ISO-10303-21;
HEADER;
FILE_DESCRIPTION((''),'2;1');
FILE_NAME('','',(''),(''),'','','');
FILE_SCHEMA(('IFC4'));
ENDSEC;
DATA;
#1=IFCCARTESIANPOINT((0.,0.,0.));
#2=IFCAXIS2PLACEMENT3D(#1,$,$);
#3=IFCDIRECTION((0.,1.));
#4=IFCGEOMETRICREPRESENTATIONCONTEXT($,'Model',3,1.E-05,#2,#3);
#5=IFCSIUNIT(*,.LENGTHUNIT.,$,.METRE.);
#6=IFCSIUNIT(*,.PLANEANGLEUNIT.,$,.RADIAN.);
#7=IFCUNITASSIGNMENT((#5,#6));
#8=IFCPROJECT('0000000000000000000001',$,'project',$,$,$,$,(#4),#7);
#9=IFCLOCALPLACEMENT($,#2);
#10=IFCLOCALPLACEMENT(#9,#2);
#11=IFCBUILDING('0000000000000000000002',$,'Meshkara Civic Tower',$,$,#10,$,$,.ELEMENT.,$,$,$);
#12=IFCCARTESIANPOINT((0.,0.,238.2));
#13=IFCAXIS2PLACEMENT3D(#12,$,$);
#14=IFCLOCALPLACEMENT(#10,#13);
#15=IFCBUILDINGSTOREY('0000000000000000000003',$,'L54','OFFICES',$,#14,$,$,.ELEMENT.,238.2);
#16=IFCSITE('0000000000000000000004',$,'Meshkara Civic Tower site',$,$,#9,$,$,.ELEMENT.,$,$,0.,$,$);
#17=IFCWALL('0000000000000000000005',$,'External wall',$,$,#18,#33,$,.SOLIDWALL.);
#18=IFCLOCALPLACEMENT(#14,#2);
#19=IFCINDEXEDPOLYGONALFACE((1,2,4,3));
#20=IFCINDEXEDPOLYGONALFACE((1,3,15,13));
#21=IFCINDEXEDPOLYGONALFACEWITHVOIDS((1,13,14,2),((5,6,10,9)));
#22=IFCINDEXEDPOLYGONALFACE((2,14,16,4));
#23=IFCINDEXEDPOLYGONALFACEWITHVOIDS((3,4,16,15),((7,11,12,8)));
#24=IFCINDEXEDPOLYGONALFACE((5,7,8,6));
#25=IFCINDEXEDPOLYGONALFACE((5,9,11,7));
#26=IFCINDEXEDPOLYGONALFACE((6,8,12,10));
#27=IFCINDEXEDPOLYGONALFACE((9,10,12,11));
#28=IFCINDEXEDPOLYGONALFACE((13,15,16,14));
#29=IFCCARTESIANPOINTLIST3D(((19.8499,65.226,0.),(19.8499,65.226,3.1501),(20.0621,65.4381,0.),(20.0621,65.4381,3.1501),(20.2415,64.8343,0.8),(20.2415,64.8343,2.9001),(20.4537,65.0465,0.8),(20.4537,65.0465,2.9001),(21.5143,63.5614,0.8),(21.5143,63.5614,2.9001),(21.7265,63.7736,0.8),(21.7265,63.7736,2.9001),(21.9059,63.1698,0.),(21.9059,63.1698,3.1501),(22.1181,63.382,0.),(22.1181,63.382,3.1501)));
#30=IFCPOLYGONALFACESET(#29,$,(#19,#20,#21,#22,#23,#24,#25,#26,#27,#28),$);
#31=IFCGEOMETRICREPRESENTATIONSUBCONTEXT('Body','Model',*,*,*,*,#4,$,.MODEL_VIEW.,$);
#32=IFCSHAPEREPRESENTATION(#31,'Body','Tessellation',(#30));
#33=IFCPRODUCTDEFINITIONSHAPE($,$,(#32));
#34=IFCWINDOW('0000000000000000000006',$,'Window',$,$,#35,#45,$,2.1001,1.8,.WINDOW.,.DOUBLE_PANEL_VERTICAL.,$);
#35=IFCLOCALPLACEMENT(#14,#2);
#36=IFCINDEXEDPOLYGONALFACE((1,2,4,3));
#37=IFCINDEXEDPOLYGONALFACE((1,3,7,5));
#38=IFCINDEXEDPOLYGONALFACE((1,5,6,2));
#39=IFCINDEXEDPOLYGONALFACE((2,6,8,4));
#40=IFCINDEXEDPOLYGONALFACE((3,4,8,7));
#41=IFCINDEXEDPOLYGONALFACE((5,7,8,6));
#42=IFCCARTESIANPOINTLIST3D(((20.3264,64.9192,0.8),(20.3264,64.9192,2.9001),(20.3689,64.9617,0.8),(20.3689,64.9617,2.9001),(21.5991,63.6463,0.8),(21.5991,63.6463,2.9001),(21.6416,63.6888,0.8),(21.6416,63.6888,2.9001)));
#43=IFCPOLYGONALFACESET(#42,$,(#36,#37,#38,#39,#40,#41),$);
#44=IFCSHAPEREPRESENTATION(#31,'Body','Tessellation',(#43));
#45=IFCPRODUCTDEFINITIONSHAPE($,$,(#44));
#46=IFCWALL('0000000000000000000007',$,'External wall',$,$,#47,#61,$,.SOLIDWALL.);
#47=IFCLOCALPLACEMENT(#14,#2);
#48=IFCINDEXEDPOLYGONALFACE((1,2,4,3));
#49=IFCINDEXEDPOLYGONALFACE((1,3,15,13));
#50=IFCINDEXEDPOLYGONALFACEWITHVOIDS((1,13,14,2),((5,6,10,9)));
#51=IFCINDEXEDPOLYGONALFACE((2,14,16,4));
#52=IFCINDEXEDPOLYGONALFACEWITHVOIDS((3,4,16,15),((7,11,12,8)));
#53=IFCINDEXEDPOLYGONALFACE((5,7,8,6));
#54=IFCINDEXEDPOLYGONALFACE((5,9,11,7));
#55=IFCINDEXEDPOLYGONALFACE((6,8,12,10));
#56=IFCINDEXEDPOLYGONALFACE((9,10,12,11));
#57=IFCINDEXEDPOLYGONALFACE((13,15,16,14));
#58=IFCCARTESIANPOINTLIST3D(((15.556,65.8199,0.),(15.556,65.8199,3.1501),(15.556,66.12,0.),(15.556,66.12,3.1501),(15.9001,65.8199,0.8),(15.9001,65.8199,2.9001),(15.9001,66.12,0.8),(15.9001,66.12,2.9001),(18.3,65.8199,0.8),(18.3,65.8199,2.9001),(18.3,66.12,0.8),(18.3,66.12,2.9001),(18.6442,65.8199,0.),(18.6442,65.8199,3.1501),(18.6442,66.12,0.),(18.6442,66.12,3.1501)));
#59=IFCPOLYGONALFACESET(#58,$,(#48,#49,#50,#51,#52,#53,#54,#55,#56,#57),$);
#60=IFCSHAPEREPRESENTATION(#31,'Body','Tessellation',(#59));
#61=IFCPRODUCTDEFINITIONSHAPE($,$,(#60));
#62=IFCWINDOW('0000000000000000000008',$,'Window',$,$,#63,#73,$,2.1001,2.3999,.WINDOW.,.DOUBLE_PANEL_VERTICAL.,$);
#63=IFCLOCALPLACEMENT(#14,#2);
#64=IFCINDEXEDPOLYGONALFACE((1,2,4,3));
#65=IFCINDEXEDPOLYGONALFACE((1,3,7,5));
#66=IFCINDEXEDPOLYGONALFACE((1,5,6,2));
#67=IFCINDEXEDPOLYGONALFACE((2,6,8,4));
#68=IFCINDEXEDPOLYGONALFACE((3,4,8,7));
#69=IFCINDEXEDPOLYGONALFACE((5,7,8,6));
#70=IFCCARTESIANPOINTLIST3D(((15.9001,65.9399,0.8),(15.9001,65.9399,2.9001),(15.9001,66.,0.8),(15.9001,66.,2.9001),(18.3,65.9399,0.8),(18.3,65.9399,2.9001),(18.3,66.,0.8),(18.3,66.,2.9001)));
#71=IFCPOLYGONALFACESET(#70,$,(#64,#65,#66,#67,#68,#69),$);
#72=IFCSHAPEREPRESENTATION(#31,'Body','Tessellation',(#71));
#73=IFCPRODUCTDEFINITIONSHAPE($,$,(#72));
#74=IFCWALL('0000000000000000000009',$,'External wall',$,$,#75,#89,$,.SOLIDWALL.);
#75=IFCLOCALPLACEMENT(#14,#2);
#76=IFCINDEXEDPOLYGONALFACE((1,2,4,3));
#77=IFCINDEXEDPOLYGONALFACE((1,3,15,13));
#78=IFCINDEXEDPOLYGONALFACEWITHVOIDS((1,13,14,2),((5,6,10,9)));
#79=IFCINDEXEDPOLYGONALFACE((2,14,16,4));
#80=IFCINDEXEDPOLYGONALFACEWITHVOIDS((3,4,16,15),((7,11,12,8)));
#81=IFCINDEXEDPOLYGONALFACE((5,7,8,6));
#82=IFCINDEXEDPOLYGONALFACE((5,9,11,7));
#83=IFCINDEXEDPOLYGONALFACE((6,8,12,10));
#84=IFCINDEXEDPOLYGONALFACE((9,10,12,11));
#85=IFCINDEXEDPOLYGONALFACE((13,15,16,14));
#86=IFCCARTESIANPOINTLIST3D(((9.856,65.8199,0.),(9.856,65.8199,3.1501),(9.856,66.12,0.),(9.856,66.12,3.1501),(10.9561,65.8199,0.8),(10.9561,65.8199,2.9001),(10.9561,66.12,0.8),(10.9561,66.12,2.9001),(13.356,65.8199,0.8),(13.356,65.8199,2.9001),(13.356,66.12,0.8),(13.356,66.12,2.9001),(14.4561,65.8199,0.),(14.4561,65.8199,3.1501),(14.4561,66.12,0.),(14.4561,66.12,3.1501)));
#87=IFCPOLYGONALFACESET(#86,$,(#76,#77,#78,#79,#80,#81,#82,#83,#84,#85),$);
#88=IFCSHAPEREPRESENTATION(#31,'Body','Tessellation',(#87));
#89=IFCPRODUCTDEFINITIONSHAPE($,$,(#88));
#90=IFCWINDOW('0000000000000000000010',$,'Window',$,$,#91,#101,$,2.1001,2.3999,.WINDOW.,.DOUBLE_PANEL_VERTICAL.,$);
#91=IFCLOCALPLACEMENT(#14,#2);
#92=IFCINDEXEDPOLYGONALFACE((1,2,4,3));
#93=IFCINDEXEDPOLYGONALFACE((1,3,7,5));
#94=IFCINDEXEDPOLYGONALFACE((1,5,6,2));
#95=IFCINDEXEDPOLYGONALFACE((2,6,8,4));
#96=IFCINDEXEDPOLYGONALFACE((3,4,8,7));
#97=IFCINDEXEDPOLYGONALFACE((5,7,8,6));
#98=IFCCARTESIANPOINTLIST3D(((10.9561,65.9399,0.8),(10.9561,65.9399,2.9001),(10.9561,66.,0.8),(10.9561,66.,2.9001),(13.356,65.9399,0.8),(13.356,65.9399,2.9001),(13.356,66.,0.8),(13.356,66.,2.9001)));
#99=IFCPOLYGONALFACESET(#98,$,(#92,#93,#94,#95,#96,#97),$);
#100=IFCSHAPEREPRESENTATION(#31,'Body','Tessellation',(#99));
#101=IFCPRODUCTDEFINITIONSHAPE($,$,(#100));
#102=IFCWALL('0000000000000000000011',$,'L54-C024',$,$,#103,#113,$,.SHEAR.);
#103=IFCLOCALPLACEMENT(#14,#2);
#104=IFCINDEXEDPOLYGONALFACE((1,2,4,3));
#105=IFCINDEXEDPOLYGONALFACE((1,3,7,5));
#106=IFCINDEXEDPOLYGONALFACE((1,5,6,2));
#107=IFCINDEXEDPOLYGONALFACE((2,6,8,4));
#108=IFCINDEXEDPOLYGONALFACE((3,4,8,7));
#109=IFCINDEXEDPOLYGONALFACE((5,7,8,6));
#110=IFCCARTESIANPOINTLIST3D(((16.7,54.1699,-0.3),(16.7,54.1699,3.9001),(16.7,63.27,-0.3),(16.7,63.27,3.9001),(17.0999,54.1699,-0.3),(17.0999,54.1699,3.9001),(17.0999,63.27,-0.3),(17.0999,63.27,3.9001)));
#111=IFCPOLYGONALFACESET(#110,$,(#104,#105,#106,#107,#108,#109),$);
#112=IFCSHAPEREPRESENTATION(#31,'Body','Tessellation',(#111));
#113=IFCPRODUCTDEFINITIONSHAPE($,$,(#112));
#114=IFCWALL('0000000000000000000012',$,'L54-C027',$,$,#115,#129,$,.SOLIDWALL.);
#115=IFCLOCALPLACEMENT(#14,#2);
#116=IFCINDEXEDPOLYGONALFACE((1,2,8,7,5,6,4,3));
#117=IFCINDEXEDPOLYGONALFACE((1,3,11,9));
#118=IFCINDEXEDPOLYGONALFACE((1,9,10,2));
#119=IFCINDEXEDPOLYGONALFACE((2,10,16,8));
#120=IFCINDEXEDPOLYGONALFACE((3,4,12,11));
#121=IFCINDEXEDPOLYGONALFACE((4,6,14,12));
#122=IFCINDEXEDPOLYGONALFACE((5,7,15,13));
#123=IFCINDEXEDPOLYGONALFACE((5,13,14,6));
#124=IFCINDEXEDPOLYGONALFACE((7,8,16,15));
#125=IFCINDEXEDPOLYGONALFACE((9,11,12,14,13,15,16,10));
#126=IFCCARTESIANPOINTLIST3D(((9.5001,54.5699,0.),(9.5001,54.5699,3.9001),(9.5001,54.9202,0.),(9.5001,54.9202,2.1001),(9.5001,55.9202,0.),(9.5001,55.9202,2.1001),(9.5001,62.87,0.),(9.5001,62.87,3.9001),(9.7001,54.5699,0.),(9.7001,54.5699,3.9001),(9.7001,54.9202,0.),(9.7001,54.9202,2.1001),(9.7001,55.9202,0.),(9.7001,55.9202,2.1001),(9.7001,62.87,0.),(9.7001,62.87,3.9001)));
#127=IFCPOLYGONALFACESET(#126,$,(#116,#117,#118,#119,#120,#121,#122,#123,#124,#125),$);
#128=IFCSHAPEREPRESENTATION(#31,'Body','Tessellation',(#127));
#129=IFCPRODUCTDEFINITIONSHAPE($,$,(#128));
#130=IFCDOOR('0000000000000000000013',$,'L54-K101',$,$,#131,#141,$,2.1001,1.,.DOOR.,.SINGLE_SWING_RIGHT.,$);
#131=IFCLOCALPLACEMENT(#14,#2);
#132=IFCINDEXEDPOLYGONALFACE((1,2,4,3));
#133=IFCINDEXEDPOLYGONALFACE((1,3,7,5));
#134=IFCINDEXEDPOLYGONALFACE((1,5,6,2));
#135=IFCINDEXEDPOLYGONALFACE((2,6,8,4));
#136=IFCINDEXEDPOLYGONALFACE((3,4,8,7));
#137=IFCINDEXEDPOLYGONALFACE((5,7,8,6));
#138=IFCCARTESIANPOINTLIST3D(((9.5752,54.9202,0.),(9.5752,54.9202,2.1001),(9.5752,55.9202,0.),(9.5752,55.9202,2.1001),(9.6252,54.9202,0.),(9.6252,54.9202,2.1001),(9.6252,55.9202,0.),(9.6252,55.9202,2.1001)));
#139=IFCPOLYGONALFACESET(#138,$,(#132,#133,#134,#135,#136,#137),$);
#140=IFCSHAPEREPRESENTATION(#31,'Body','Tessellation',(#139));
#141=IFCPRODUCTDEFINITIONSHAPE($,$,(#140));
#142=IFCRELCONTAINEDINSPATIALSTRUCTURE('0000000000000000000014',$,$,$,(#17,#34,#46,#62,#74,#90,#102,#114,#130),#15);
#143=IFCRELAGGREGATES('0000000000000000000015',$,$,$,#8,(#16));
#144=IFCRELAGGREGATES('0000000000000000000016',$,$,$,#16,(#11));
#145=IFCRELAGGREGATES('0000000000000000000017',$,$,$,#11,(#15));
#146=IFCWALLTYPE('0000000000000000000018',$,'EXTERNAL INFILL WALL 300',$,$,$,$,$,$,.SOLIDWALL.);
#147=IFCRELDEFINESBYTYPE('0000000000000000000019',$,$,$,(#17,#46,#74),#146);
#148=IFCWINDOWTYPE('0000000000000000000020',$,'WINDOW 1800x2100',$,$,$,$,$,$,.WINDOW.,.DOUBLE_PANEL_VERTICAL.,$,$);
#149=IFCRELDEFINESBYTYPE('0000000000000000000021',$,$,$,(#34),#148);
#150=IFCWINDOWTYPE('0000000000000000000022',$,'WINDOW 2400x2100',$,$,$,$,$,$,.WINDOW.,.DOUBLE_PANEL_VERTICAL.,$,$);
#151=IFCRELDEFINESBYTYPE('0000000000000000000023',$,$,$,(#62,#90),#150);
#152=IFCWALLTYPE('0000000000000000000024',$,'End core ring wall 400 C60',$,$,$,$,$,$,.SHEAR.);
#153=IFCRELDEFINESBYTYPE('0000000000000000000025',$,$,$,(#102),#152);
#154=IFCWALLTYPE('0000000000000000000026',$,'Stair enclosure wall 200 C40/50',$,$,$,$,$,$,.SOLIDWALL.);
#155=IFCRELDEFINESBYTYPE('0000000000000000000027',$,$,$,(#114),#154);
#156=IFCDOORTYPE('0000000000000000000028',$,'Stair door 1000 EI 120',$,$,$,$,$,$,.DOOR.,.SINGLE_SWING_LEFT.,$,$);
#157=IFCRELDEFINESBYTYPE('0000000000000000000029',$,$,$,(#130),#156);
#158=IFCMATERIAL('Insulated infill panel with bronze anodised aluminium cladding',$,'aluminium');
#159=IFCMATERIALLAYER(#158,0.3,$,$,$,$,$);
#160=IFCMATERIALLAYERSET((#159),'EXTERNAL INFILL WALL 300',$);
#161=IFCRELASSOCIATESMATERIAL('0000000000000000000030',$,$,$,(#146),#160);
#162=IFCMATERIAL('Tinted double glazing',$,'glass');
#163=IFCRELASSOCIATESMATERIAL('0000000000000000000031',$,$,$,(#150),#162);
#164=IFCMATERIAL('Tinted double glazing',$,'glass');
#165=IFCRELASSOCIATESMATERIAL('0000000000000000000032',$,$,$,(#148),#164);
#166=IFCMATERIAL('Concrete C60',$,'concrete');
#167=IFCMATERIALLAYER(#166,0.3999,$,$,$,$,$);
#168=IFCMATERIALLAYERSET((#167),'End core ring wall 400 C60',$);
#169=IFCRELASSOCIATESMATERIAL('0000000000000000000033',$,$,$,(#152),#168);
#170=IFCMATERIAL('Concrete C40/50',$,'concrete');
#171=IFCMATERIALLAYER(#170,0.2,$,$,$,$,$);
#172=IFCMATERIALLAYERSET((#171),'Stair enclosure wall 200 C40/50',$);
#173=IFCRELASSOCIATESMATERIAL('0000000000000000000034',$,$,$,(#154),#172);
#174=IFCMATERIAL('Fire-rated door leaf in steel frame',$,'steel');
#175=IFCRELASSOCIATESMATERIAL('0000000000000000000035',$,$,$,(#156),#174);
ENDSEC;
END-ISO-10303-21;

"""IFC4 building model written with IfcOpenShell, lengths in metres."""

from ifc_helpers import new_model, si_unit, direction, frame, frame_2d, origin, place, context, subcontext, project, spatial, rectangle, extrude, material, layer, layer_set, type_object, element, fill, save


model = new_model("IFC4")

# Units and contexts
model_context = context("Model", 3, precision=1e-05, world=origin(), true_north=direction((0.0, 1.0)))
body_context = subcontext(model_context, "Body", "Model", "MODEL_VIEW")
ifc_project = project(units=[si_unit("LENGTHUNIT", "METRE"), si_unit("PLANEANGLEUNIT", "RADIAN")], contexts=[model_context])

# Site, building, storey
site_placement = place(None, origin())
site = spatial("IfcSite", under=ifc_project, at=site_placement, Name="Meshkara Civic Tower site", CompositionType="ELEMENT", RefElevation=0.0)
building_placement = place(site_placement, origin())
building = spatial("IfcBuilding", under=site, at=building_placement, Name="Meshkara Civic Tower", CompositionType="ELEMENT")
storey_placement = place(building_placement, frame((0.0, 0.0, 238.2)))
storey = spatial("IfcBuildingStorey", under=building, at=storey_placement, Name="L54", Description="OFFICES", CompositionType="ELEMENT", Elevation=238.2)

# Walls, openings, windows
ifc_material_1 = material(Name="Insulated infill panel with bronze anodised aluminium cladding", Category="aluminium")
ifc_layer_1 = layer(ifc_material_1, 0.3)
ifc_layer_set_1 = layer_set([ifc_layer_1], Name="EXTERNAL INFILL WALL 300")
wall_type_1 = type_object("IfcWallType", Name="EXTERNAL INFILL WALL 300", PredefinedType="SOLIDWALL", material=ifc_layer_set_1)
ifc_material_2 = material(Name="Tinted double glazing", Category="glass")
window_type_1 = type_object("IfcWindowType", Name="WINDOW 2400x2100", PartitioningType="DOUBLE_PANEL_VERTICAL", PredefinedType="WINDOW", material=ifc_material_2)
wall_1_placement = place(storey_placement, frame((22.012, 63.2759, 0.0), z_axis=(0.0, 0.0, 1.0), x_axis=(-0.707065, 0.707149, 0.0)))
wall_1 = element("IfcWall", 1, at=wall_1_placement, inside=storey, type_object=wall_type_1, Name="External wall", PredefinedType="SOLIDWALL", context=body_context, shape_type="SweptSolid", body=[
    extrude(rectangle(XDim=2.9077, YDim=0.3, at=frame_2d((1.4539, 0.0))), origin(), (0.0, 0.0, 1.0), 3.1501),
])
opening_1_placement = place(wall_1_placement, frame((0.554, 0.0, 0.8)))
opening_1 = element("IfcOpeningElement", 2, at=opening_1_placement, cuts=wall_1, PredefinedType="OPENING", context=body_context, shape_type="SweptSolid", body=[
    extrude(rectangle(XDim=1.8, YDim=2.1001, at=frame_2d((0.8999, 1.05))), frame((0.0, 0.1599, 0.0), z_axis=(0.0, -1.0, 0.0), x_axis=(1.0, 0.0, 0.0)), (0.0, 0.0, 1.0), 0.3201),
])
ifc_material_3 = material(Name="Tinted double glazing", Category="glass")
window_type_2 = type_object("IfcWindowType", Name="WINDOW 1800x2100", PartitioningType="DOUBLE_PANEL_VERTICAL", PredefinedType="WINDOW", material=ifc_material_3)
window_1_placement = place(opening_1_placement, origin())
window_1 = element("IfcWindow", 3, at=window_1_placement, inside=storey, type_object=window_type_2, Name="Window", OverallHeight=2.1001, OverallWidth=1.8, PartitioningType="DOUBLE_PANEL_VERTICAL", PredefinedType="WINDOW", context=body_context, shape_type="SweptSolid", body=[
    extrude(rectangle(XDim=1.8, YDim=2.1001, at=frame_2d((0.8999, 1.05))), frame((0.0, 0.03, 0.0), z_axis=(0.0, -1.0, 0.0), x_axis=(1.0, 0.0, 0.0)), (0.0, 0.0, 1.0), 0.0601),
])
fill(opening_1, window_1)
wall_2_placement = place(storey_placement, frame((18.644, 65.97, 0.0), z_axis=(0.0, 0.0, 1.0), x_axis=(-1.0, 0.0, 0.0)))
wall_2 = element("IfcWall", 4, at=wall_2_placement, inside=storey, type_object=wall_type_1, Name="External wall", PredefinedType="SOLIDWALL", context=body_context, shape_type="SweptSolid", body=[
    extrude(rectangle(XDim=3.0881, YDim=0.3, at=frame_2d((1.5439, 0.0))), origin(), (0.0, 0.0, 1.0), 3.1501),
])
opening_2_placement = place(wall_2_placement, frame((0.344, 0.0, 0.8)))
opening_2 = element("IfcOpeningElement", 5, at=opening_2_placement, cuts=wall_2, PredefinedType="OPENING", context=body_context, shape_type="SweptSolid", body=[
    extrude(rectangle(XDim=2.3999, YDim=2.1001, at=frame_2d((1.2, 1.05))), frame((0.0, 0.1599, 0.0), z_axis=(0.0, -1.0, 0.0), x_axis=(1.0, 0.0, 0.0)), (0.0, 0.0, 1.0), 0.3201),
])
window_2_placement = place(opening_2_placement, origin())
window_2 = element("IfcWindow", 6, at=window_2_placement, inside=storey, type_object=window_type_1, Name="Window", OverallHeight=2.1001, OverallWidth=2.3999, PartitioningType="DOUBLE_PANEL_VERTICAL", PredefinedType="WINDOW", context=body_context, shape_type="SweptSolid", body=[
    extrude(rectangle(XDim=2.3999, YDim=2.1001, at=frame_2d((1.2, 1.05))), frame((0.0, 0.03, 0.0), z_axis=(0.0, -1.0, 0.0), x_axis=(1.0, 0.0, 0.0)), (0.0, 0.0, 1.0), 0.0601),
])
fill(opening_2, window_2)
wall_3_placement = place(storey_placement, frame((14.4561, 65.97, 0.0), z_axis=(0.0, 0.0, 1.0), x_axis=(-1.0, 0.0, 0.0)))
wall_3 = element("IfcWall", 7, at=wall_3_placement, inside=storey, type_object=wall_type_1, Name="External wall", PredefinedType="SOLIDWALL", context=body_context, shape_type="SweptSolid", body=[
    extrude(rectangle(XDim=4.6001, YDim=0.3, at=frame_2d((2.3, 0.0))), origin(), (0.0, 0.0, 1.0), 3.1501),
])
opening_3_placement = place(wall_3_placement, frame((1.1001, 0.0, 0.8)))
opening_3 = element("IfcOpeningElement", 8, at=opening_3_placement, cuts=wall_3, PredefinedType="OPENING", context=body_context, shape_type="SweptSolid", body=[
    extrude(rectangle(XDim=2.3999, YDim=2.1001, at=frame_2d((1.2, 1.05))), frame((0.0, 0.1599, 0.0), z_axis=(0.0, -1.0, 0.0), x_axis=(1.0, 0.0, 0.0)), (0.0, 0.0, 1.0), 0.3201),
])
window_3_placement = place(opening_3_placement, origin())
window_3 = element("IfcWindow", 9, at=window_3_placement, inside=storey, type_object=window_type_1, Name="Window", OverallHeight=2.1001, OverallWidth=2.3999, PartitioningType="DOUBLE_PANEL_VERTICAL", PredefinedType="WINDOW", context=body_context, shape_type="SweptSolid", body=[
    extrude(rectangle(XDim=2.3999, YDim=2.1001, at=frame_2d((1.2, 1.05))), frame((0.0, 0.03, 0.0), z_axis=(0.0, -1.0, 0.0), x_axis=(1.0, 0.0, 0.0)), (0.0, 0.0, 1.0), 0.0601),
])
fill(opening_3, window_3)

# Wall
ifc_material_4 = material(Name="Concrete C60", Category="concrete")
ifc_layer_2 = layer(ifc_material_4, 0.3999)
ifc_layer_set_2 = layer_set([ifc_layer_2], Name="End core ring wall 400 C60")
wall_type_2 = type_object("IfcWallType", Name="End core ring wall 400 C60", PredefinedType="SHEAR", material=ifc_layer_set_2)
wall_4_placement = place(storey_placement, frame((16.8999, 54.1699, -0.3), z_axis=(0.0, 0.0, 1.0), x_axis=(0.0, 1.0, 0.0)))
element("IfcWall", 10, at=wall_4_placement, inside=storey, type_object=wall_type_2, Name="L54-C024", PredefinedType="SHEAR", context=body_context, shape_type="SweptSolid", body=[
    extrude(rectangle(XDim=9.1001, YDim=0.3999, at=frame_2d((4.55, 0.0))), origin(), (0.0, 0.0, 1.0), 4.2002),
])

# Wall, opening, door
ifc_material_5 = material(Name="Concrete C40/50", Category="concrete")
ifc_layer_3 = layer(ifc_material_5, 0.2)
ifc_layer_set_3 = layer_set([ifc_layer_3], Name="Stair enclosure wall 200 C40/50")
wall_type_3 = type_object("IfcWallType", Name="Stair enclosure wall 200 C40/50", PredefinedType="SOLIDWALL", material=ifc_layer_set_3)
wall_5_placement = place(storey_placement, frame((9.6001, 54.5701, 0.0), z_axis=(0.0, 0.0, 1.0), x_axis=(0.0, 1.0, 0.0)))
wall_5 = element("IfcWall", 11, at=wall_5_placement, inside=storey, type_object=wall_type_3, Name="L54-C027", PredefinedType="SOLIDWALL", context=body_context, shape_type="SweptSolid", body=[
    extrude(rectangle(XDim=8.3, YDim=0.2, at=frame_2d((4.1499, 0.0))), origin(), (0.0, 0.0, 1.0), 3.9001),
])
opening_4_placement = place(wall_5_placement, frame((0.3501, 0.0, 0.0)))
opening_4 = element("IfcOpeningElement", 12, at=opening_4_placement, cuts=wall_5, PredefinedType="OPENING", context=body_context, shape_type="SweptSolid", body=[
    extrude(rectangle(XDim=1.0, YDim=2.1001, at=frame_2d((0.5, 1.05))), frame((0.0, 0.1099, 0.0), z_axis=(0.0, -1.0, 0.0), x_axis=(1.0, 0.0, 0.0)), (0.0, 0.0, 1.0), 0.22),
])
ifc_material_6 = material(Name="Fire-rated door leaf in steel frame", Category="steel")
door_type = type_object("IfcDoorType", Name="Stair door 1000 EI 120", OperationType="SINGLE_SWING_LEFT", PredefinedType="DOOR", material=ifc_material_6)
door_placement = place(opening_4_placement, origin())
door = element("IfcDoor", 13, at=door_placement, inside=storey, type_object=door_type, Name="L54-K101", OperationType="SINGLE_SWING_RIGHT", OverallHeight=2.1001, OverallWidth=1.0, PredefinedType="DOOR", context=body_context, shape_type="SweptSolid", body=[
    extrude(rectangle(XDim=1.0, YDim=2.1001, at=frame_2d((0.5, 1.05))), frame((0.0, 0.0249, 0.0), z_axis=(0.0, -1.0, 0.0), x_axis=(1.0, 0.0, 0.0)), (0.0, 0.0, 1.0), 0.05),
])
fill(opening_4, door)

save(model, "model.ifc")
